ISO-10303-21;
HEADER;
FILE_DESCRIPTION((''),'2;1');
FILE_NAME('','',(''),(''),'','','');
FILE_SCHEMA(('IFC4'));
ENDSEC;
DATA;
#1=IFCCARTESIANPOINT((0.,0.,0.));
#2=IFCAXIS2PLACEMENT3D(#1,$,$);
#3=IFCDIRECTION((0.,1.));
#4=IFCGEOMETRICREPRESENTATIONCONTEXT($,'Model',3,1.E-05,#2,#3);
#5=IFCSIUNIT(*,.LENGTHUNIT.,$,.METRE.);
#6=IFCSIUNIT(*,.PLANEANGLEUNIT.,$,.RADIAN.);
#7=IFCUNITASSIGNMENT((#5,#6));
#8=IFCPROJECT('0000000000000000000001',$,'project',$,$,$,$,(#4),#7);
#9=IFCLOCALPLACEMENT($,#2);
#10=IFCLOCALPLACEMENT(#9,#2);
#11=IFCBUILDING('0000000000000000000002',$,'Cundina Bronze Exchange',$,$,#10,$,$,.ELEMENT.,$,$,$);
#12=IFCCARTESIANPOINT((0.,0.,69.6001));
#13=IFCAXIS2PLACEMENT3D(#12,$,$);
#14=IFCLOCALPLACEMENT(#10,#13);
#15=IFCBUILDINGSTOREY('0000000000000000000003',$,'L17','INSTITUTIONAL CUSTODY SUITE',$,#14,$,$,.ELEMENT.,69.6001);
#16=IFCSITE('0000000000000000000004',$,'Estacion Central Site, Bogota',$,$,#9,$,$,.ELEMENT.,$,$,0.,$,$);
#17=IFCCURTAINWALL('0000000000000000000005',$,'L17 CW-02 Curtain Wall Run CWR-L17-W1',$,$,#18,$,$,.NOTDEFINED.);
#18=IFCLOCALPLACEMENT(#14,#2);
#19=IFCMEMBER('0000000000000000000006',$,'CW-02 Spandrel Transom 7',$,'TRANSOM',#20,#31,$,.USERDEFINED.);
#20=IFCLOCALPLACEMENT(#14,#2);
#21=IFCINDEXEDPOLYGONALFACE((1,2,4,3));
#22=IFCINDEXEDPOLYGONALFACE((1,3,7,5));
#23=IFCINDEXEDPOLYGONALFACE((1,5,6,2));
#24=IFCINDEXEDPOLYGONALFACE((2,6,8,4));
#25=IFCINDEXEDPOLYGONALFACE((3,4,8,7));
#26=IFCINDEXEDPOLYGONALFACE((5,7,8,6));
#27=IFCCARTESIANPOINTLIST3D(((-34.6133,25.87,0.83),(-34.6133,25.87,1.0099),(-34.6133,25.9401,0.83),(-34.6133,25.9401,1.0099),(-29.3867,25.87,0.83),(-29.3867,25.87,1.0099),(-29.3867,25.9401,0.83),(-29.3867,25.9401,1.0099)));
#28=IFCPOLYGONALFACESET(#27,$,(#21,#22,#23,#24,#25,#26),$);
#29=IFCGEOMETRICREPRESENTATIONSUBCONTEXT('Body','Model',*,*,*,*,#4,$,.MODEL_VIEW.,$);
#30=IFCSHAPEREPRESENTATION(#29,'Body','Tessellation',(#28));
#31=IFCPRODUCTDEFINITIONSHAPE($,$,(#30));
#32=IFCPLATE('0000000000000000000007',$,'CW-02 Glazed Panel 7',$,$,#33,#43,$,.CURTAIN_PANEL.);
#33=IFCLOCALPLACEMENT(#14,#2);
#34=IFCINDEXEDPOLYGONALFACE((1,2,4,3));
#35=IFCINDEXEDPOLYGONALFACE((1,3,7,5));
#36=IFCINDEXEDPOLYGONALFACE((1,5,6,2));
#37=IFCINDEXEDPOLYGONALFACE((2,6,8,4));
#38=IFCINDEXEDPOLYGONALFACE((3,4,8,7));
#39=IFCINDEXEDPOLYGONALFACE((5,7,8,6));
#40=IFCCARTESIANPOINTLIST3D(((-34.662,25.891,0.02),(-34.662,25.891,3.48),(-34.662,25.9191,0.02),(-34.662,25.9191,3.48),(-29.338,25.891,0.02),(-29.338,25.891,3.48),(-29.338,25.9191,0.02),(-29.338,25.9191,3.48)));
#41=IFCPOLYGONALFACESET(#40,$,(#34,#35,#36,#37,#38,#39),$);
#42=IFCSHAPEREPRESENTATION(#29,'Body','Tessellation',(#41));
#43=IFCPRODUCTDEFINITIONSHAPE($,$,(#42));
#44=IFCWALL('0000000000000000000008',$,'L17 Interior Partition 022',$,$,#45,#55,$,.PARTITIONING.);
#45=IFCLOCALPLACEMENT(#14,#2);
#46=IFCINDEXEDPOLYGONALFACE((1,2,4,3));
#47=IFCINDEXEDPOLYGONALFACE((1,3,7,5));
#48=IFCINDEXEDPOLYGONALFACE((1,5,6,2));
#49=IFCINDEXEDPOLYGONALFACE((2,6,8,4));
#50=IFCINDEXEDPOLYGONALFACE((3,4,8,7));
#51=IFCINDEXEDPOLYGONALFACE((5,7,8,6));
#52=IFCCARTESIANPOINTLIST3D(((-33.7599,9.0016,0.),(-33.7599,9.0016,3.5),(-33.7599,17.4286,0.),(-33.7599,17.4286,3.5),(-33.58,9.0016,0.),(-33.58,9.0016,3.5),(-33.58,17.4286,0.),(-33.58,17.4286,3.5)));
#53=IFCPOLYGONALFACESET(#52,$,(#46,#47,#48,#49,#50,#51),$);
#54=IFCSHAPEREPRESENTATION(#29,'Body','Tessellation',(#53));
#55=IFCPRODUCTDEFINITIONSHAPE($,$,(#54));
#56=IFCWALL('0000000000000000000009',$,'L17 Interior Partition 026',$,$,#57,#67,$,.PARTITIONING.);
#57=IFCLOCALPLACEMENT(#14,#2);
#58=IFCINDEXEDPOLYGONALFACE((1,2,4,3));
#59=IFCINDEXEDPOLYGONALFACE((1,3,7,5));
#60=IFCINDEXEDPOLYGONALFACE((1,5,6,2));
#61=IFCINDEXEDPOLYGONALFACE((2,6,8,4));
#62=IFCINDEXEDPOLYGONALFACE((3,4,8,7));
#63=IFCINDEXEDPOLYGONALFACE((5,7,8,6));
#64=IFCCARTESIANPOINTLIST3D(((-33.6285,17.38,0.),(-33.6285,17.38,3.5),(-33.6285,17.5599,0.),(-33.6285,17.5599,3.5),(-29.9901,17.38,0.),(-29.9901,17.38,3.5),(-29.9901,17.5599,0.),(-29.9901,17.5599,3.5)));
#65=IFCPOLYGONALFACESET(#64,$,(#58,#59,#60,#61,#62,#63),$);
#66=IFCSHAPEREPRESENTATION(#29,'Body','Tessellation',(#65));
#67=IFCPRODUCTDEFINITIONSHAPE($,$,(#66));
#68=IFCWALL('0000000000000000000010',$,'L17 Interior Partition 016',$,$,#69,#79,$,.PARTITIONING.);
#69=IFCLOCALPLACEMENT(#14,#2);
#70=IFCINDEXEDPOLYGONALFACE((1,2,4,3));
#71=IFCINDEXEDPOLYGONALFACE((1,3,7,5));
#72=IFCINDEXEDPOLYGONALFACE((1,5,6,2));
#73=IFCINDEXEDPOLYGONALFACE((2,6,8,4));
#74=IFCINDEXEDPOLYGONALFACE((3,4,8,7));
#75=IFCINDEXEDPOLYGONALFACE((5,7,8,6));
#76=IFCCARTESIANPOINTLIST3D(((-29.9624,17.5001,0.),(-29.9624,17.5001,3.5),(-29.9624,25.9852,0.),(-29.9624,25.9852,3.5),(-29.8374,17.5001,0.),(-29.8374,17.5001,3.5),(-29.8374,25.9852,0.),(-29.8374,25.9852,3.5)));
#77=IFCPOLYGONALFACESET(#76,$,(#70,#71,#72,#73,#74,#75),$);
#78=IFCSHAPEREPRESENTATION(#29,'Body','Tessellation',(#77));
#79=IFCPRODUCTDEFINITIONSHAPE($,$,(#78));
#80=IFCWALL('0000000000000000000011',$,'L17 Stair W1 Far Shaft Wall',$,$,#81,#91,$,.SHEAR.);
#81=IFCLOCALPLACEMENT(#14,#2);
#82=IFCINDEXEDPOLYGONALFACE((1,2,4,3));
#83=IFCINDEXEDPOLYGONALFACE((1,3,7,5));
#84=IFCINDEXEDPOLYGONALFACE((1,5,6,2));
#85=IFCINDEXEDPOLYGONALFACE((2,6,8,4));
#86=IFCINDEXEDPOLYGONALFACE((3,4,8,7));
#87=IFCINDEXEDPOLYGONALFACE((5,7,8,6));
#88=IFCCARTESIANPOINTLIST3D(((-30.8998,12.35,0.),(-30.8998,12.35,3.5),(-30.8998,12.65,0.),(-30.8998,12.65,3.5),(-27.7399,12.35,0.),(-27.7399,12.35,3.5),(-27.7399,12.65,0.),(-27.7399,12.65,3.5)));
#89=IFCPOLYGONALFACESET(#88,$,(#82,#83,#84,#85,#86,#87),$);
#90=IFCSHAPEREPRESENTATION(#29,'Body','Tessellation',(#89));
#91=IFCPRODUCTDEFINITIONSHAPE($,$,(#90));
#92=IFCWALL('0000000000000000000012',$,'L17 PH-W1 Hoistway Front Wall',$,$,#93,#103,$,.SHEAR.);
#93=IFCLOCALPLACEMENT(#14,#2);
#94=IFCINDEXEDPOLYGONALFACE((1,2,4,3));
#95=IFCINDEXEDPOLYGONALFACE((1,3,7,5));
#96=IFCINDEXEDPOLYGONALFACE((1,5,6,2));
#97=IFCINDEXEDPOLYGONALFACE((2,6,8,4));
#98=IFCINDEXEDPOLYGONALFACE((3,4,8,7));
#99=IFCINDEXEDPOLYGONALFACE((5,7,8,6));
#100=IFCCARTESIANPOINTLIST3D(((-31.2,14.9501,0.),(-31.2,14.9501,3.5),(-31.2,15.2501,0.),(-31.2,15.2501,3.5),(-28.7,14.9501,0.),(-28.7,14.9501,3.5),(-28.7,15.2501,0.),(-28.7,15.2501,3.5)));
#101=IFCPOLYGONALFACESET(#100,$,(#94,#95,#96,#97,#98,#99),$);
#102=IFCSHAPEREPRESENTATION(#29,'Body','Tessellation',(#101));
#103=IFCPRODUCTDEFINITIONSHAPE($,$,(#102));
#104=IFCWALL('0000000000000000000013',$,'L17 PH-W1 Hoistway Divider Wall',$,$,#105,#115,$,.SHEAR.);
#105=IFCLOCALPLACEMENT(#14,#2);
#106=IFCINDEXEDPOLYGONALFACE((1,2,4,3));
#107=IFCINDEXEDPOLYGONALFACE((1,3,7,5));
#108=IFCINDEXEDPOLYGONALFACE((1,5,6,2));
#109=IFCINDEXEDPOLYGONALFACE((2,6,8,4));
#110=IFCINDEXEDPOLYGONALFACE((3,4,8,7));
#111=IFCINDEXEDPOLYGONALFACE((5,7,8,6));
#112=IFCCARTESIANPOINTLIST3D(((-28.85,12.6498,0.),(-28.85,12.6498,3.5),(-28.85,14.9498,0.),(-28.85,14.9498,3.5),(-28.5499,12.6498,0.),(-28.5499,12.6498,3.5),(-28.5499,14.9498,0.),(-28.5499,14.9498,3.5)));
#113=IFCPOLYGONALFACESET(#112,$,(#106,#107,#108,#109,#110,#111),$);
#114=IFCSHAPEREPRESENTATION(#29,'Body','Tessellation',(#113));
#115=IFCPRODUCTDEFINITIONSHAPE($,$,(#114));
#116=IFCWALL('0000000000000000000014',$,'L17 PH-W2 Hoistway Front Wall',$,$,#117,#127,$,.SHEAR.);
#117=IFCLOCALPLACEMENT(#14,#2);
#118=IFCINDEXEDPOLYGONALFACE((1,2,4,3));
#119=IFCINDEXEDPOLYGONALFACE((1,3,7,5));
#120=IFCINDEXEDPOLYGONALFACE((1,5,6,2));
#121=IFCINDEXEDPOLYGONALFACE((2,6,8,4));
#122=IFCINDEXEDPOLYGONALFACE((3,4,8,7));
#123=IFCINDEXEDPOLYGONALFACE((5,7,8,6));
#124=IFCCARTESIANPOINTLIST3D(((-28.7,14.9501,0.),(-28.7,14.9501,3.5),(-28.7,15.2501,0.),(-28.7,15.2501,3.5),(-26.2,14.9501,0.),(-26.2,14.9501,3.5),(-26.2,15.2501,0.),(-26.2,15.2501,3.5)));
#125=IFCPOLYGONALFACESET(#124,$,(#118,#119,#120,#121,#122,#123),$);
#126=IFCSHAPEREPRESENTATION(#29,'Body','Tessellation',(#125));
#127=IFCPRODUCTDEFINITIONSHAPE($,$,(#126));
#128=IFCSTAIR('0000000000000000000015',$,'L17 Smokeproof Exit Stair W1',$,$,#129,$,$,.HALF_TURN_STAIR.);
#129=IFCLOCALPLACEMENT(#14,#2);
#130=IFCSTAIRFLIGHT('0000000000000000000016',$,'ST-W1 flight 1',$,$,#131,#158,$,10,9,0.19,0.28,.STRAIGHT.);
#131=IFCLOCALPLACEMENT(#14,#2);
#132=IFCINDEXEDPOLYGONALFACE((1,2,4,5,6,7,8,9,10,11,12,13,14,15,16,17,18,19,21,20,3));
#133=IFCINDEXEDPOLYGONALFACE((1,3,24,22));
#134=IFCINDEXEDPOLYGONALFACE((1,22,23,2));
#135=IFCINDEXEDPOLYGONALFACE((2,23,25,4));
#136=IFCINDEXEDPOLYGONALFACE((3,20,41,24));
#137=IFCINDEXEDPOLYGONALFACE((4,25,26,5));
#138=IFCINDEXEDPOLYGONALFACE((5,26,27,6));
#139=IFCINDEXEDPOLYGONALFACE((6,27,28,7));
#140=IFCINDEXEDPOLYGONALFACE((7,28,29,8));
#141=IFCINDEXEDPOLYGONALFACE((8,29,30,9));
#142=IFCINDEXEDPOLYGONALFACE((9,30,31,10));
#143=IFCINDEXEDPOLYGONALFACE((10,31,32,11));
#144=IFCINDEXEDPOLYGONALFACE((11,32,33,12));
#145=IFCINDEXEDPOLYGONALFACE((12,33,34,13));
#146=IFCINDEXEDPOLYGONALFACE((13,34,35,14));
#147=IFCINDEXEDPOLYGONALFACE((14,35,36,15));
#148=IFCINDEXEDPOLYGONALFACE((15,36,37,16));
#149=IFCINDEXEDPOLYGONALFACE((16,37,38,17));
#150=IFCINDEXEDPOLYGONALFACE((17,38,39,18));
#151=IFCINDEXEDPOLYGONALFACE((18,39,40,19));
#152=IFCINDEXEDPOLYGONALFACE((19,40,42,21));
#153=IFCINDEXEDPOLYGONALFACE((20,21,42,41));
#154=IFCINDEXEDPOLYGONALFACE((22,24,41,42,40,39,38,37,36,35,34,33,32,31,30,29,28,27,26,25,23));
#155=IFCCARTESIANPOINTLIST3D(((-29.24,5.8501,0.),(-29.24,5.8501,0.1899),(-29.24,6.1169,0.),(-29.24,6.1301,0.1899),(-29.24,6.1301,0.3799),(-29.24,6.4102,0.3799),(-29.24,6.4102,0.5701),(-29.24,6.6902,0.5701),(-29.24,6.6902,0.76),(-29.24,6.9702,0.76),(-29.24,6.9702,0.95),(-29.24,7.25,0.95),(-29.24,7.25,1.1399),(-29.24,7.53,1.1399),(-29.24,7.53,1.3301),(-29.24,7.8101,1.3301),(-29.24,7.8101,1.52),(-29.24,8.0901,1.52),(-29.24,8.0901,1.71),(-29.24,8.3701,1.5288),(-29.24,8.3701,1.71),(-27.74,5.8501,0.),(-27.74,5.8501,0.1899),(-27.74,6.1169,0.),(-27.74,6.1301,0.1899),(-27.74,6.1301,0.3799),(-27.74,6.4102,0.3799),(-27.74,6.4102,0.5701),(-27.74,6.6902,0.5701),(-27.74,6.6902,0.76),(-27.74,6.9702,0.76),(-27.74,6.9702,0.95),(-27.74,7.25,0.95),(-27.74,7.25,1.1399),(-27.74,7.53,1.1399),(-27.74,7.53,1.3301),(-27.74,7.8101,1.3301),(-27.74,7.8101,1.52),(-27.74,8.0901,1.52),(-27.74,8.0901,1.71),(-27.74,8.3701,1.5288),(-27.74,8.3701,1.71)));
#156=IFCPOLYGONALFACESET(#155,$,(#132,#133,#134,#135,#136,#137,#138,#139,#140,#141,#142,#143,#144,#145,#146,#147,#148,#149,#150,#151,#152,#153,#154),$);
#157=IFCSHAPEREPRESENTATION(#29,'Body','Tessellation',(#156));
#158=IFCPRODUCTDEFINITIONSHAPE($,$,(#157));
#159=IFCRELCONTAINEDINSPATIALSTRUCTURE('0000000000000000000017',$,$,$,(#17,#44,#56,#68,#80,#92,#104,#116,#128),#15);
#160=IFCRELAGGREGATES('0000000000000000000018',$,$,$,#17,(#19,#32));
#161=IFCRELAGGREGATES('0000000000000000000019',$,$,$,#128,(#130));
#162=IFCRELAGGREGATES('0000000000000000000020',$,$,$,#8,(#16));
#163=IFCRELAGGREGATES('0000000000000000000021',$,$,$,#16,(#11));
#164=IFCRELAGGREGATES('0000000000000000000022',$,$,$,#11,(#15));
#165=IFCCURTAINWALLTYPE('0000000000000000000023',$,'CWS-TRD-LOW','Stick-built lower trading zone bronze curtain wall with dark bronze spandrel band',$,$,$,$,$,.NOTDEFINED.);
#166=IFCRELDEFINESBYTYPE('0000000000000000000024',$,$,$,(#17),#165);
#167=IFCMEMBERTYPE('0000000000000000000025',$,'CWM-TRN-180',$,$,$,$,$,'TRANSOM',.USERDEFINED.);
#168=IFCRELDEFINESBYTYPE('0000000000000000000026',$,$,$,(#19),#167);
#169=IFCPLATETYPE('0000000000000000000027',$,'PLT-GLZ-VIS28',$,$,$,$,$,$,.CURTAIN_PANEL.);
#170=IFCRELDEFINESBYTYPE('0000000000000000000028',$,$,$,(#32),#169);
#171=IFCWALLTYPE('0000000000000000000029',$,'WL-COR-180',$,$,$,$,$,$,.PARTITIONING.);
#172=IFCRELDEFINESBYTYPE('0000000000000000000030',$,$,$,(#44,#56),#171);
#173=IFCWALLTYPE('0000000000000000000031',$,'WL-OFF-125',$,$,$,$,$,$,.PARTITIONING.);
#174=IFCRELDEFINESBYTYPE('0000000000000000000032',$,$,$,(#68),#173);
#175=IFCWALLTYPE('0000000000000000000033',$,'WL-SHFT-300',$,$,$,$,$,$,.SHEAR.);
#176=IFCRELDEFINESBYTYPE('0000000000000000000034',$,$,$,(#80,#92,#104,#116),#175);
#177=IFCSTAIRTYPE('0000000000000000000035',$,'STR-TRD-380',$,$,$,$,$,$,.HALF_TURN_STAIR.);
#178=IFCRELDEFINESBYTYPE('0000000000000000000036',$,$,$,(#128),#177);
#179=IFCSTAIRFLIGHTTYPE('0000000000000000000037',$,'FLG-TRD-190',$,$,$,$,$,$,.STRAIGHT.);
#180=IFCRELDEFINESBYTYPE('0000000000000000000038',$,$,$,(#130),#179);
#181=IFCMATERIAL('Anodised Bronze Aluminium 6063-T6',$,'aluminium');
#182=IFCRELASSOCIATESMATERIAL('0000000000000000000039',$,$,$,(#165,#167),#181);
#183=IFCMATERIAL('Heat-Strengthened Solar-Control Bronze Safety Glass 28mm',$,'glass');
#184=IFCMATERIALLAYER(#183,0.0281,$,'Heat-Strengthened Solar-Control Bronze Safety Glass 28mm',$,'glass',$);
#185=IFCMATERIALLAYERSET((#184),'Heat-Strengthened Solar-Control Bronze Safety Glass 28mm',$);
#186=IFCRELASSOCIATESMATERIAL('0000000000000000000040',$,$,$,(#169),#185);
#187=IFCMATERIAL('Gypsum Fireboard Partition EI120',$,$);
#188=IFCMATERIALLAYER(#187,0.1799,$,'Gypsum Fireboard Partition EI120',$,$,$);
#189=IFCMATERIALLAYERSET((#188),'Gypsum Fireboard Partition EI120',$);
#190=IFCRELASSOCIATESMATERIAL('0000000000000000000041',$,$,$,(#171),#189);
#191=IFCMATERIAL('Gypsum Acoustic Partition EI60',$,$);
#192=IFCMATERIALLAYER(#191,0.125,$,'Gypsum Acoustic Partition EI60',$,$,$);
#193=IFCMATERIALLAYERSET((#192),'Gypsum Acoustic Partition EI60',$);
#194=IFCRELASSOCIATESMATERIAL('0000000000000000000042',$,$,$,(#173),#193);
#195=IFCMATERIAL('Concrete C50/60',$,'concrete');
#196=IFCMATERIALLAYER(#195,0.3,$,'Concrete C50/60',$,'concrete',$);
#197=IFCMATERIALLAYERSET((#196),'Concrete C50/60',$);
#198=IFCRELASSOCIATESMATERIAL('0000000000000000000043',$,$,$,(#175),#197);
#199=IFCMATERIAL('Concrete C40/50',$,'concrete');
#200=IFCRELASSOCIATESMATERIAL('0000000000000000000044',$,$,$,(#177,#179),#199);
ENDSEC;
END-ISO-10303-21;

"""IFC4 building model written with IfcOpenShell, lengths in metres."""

from ifc_helpers import new_model, si_unit, direction, frame, frame_2d, origin, origin_2d, place, context, subcontext, project, spatial, polyline, rectangle, outline, extrude, material, layer, layer_set, material_profile, profile_set, type_object, element, aggregate, save


model = new_model("IFC4")

# Units and contexts
model_context = context("Model", 3, precision=1e-05, world=origin(), true_north=direction((0.0, 1.0)))
body_context = subcontext(model_context, "Body", "Model", "MODEL_VIEW")
ifc_project = project(units=[si_unit("LENGTHUNIT", "METRE"), si_unit("PLANEANGLEUNIT", "RADIAN")], contexts=[model_context])

# Site, building, storey
site_placement = place(None, origin())
site = spatial("IfcSite", under=ifc_project, at=site_placement, Name="Estacion Central Site, Bogota", CompositionType="ELEMENT", RefElevation=0.0)
building_placement = place(site_placement, origin())
building = spatial("IfcBuilding", under=site, at=building_placement, Name="Cundina Bronze Exchange", CompositionType="ELEMENT")
storey_placement = place(building_placement, frame((0.0, 0.0, 69.6001)))
storey = spatial("IfcBuildingStorey", under=building, at=storey_placement, Name="L17", Description="INSTITUTIONAL CUSTODY SUITE", CompositionType="ELEMENT", Elevation=69.6001)

# Curtain wall
ifc_material_1 = material(Name="Anodised Bronze Aluminium 6063-T6", Category="aluminium")
curtain_wall_type = type_object("IfcCurtainWallType", Name="CWS-TRD-LOW", Description="Stick-built lower trading zone bronze curtain wall with dark bronze spandrel band", PredefinedType="NOTDEFINED", material=ifc_material_1)
curtain_wall_1_placement = place(storey_placement, origin())
curtain_wall_1 = element("IfcCurtainWall", 1, at=curtain_wall_1_placement, inside=storey, type_object=curtain_wall_type, Name="L17 CW-02 Curtain Wall Run CWR-L17-W1", PredefinedType="NOTDEFINED")

# Member
ifc_material_profile_1 = material_profile(ifc_material_1, rectangle(XDim=0.0701, YDim=0.1799, at=origin_2d()), Name="AL70X180", Category="aluminium")
ifc_profile_set_1 = profile_set([ifc_material_profile_1], Name="Anodised Bronze Aluminium 6063-T6")
member_type_1 = type_object("IfcMemberType", Name="CWM-TRN-180", ElementType="TRANSOM", PredefinedType="USERDEFINED", material=ifc_profile_set_1)
member_1_placement = place(storey_placement, frame((-29.3867, 25.905, 0.9199), z_axis=(-1.0, 0.0, 0.0), x_axis=(0.0, -1.0, 0.0)))
member_1 = element("IfcMember", 2, at=member_1_placement, type_object=member_type_1, Name="CW-02 Spandrel Transom 7", ObjectType="TRANSOM", PredefinedType="USERDEFINED", context=body_context, shape_type="SweptSolid", body=[
    extrude(rectangle(XDim=0.0701, YDim=0.1799, at=origin_2d()), origin(), (0.0, 0.0, 1.0), 5.2266),
])

# Plate
ifc_material_2 = material(Name="Heat-Strengthened Solar-Control Bronze Safety Glass 28mm", Category="glass")
ifc_layer_1 = layer(ifc_material_2, 0.0281, Name="Heat-Strengthened Solar-Control Bronze Safety Glass 28mm", Category="glass")
ifc_layer_set_1 = layer_set([ifc_layer_1], Name="Heat-Strengthened Solar-Control Bronze Safety Glass 28mm")
plate_type = type_object("IfcPlateType", Name="PLT-GLZ-VIS28", PredefinedType="CURTAIN_PANEL", material=ifc_layer_set_1)
plate_placement = place(storey_placement, frame((-32.0, 25.905, 0.02), z_axis=(0.0, 0.0, 1.0), x_axis=(-1.0, 0.0, 0.0)))
plate = element("IfcPlate", 3, at=plate_placement, type_object=plate_type, Name="CW-02 Glazed Panel 7", PredefinedType="CURTAIN_PANEL", context=body_context, shape_type="SweptSolid", body=[
    extrude(rectangle(XDim=5.324, YDim=0.0281, at=origin_2d()), origin(), (0.0, 0.0, 1.0), 3.46),
])
aggregate(curtain_wall_1, [member_1, plate])

# Shared definitions
ifc_material_3 = material(Name="Gypsum Fireboard Partition EI120")
ifc_layer_2 = layer(ifc_material_3, 0.1799, Name="Gypsum Fireboard Partition EI120")
ifc_layer_set_2 = layer_set([ifc_layer_2], Name="Gypsum Fireboard Partition EI120")
wall_type_1 = type_object("IfcWallType", Name="WL-COR-180", PredefinedType="PARTITIONING", material=ifc_layer_set_2)

# Walls
wall_1_placement = place(storey_placement, frame((-33.6699, 17.4285, 0.0), z_axis=(0.0, 0.0, 1.0), x_axis=(0.0, -1.0, 0.0)))
element("IfcWall", 4, at=wall_1_placement, inside=storey, type_object=wall_type_1, Name="L17 Interior Partition 022", PredefinedType="PARTITIONING", context=body_context, shape_type="SweptSolid", body=[
    extrude(rectangle(XDim=8.427, YDim=0.1799, at=frame_2d((4.2134, 0.0))), origin(), (0.0, 0.0, 1.0), 3.5),
])
wall_2_placement = place(storey_placement, frame((-29.99, 17.47, 0.0), z_axis=(0.0, 0.0, 1.0), x_axis=(-1.0, 0.0, 0.0)))
element("IfcWall", 5, at=wall_2_placement, inside=storey, type_object=wall_type_1, Name="L17 Interior Partition 026", PredefinedType="PARTITIONING", context=body_context, shape_type="SweptSolid", body=[
    extrude(rectangle(XDim=3.6384, YDim=0.1799, at=frame_2d((1.8193, 0.0))), origin(), (0.0, 0.0, 1.0), 3.5),
])
ifc_material_4 = material(Name="Gypsum Acoustic Partition EI60")
ifc_layer_3 = layer(ifc_material_4, 0.125, Name="Gypsum Acoustic Partition EI60")
ifc_layer_set_3 = layer_set([ifc_layer_3], Name="Gypsum Acoustic Partition EI60")
wall_type_2 = type_object("IfcWallType", Name="WL-OFF-125", PredefinedType="PARTITIONING", material=ifc_layer_set_3)
wall_3_placement = place(storey_placement, frame((-29.8999, 17.5, 0.0), z_axis=(0.0, 0.0, 1.0), x_axis=(0.0, 1.0, 0.0)))
element("IfcWall", 6, at=wall_3_placement, inside=storey, type_object=wall_type_2, Name="L17 Interior Partition 016", PredefinedType="PARTITIONING", context=body_context, shape_type="SweptSolid", body=[
    extrude(rectangle(XDim=8.4851, YDim=0.125, at=frame_2d((4.2427, 0.0))), origin(), (0.0, 0.0, 1.0), 3.5),
])

# Shared definitions
ifc_material_5 = material(Name="Concrete C50/60", Category="concrete")
ifc_layer_4 = layer(ifc_material_5, 0.3, Name="Concrete C50/60", Category="concrete")
ifc_layer_set_4 = layer_set([ifc_layer_4], Name="Concrete C50/60")
wall_type_3 = type_object("IfcWallType", Name="WL-SHFT-300", PredefinedType="SHEAR", material=ifc_layer_set_4)

# Walls
wall_4_placement = place(storey_placement, frame((-30.8999, 12.5, 0.0), z_axis=(0.0, 0.0, 1.0), x_axis=(1.0, 0.0, 0.0)))
element("IfcWall", 7, at=wall_4_placement, inside=storey, type_object=wall_type_3, Name="L17 Stair W1 Far Shaft Wall", PredefinedType="SHEAR", context=body_context, shape_type="SweptSolid", body=[
    extrude(rectangle(XDim=3.1599, YDim=0.3, at=frame_2d((1.5801, 0.0))), origin(), (0.0, 0.0, 1.0), 3.5),
])
wall_5_placement = place(storey_placement, frame((-31.2, 15.1001, 0.0), z_axis=(0.0, 0.0, 1.0), x_axis=(1.0, 0.0, 0.0)))
element("IfcWall", 8, at=wall_5_placement, inside=storey, type_object=wall_type_3, Name="L17 PH-W1 Hoistway Front Wall", PredefinedType="SHEAR", context=body_context, shape_type="SweptSolid", body=[
    extrude(rectangle(XDim=2.5, YDim=0.3, at=frame_2d((1.25, 0.0))), origin(), (0.0, 0.0, 1.0), 3.5),
])
wall_6_placement = place(storey_placement, frame((-28.7, 12.6499, 0.0), z_axis=(0.0, 0.0, 1.0), x_axis=(0.0, 1.0, 0.0)))
element("IfcWall", 9, at=wall_6_placement, inside=storey, type_object=wall_type_3, Name="L17 PH-W1 Hoistway Divider Wall", PredefinedType="SHEAR", context=body_context, shape_type="SweptSolid", body=[
    extrude(rectangle(XDim=2.3, YDim=0.3, at=frame_2d((1.1499, 0.0))), origin(), (0.0, 0.0, 1.0), 3.5),
])
wall_7_placement = place(storey_placement, frame((-28.7, 15.1001, 0.0), z_axis=(0.0, 0.0, 1.0), x_axis=(1.0, 0.0, 0.0)))
element("IfcWall", 10, at=wall_7_placement, inside=storey, type_object=wall_type_3, Name="L17 PH-W2 Hoistway Front Wall", PredefinedType="SHEAR", context=body_context, shape_type="SweptSolid", body=[
    extrude(rectangle(XDim=2.5, YDim=0.3, at=frame_2d((1.25, 0.0))), origin(), (0.0, 0.0, 1.0), 3.5),
])

# Stair, stair flight
ifc_material_6 = material(Name="Concrete C40/50", Category="concrete")
stair_type = type_object("IfcStairType", Name="STR-TRD-380", PredefinedType="HALF_TURN_STAIR", material=ifc_material_6)
stair_placement = place(storey_placement, origin())
stair = element("IfcStair", 11, at=stair_placement, inside=storey, type_object=stair_type, Name="L17 Smokeproof Exit Stair W1", PredefinedType="HALF_TURN_STAIR")
stair_flight_type = type_object("IfcStairFlightType", Name="FLG-TRD-190", PredefinedType="STRAIGHT", material=ifc_material_6)
stair_flight_1_placement = place(storey_placement, frame((-28.49, 5.8501, 0.0), z_axis=(0.0, 0.0, 1.0), x_axis=(0.0, 1.0, 0.0)))
stair_flight_1 = element("IfcStairFlight", 12, at=stair_flight_1_placement, type_object=stair_flight_type, Name="ST-W1 flight 1", NumberOfRisers=10, NumberOfTreads=9, PredefinedType="STRAIGHT", RiserHeight=0.19, TreadLength=0.28, context=body_context, shape_type="SweptSolid", body=[
    extrude(outline(polyline([(0.0, 0.0), (0.0, 0.1899), (0.28, 0.1899), (0.28, 0.3799), (0.5601, 0.3799), (0.5601, 0.5701), (0.8401, 0.5701), (0.8401, 0.76), (1.1201, 0.76), (1.1201, 0.95), (1.3999, 0.95), (1.3999, 1.1399), (1.6799, 1.1399), (1.6799, 1.3301), (1.96, 1.3301), (1.96, 1.52), (2.24, 1.52), (2.24, 1.71), (2.52, 1.71), (2.52, 1.8999), (2.52, 1.5288), (0.2668, 0.0), (0.0, 0.0)])), frame((0.0, 0.75, 0.0), z_axis=(0.0, -1.0, 0.0), x_axis=(1.0, 0.0, 0.0)), (0.0, 0.0, 1.0), 1.5),
])
aggregate(stair, [stair_flight_1])

save(model, "model.ifc")
